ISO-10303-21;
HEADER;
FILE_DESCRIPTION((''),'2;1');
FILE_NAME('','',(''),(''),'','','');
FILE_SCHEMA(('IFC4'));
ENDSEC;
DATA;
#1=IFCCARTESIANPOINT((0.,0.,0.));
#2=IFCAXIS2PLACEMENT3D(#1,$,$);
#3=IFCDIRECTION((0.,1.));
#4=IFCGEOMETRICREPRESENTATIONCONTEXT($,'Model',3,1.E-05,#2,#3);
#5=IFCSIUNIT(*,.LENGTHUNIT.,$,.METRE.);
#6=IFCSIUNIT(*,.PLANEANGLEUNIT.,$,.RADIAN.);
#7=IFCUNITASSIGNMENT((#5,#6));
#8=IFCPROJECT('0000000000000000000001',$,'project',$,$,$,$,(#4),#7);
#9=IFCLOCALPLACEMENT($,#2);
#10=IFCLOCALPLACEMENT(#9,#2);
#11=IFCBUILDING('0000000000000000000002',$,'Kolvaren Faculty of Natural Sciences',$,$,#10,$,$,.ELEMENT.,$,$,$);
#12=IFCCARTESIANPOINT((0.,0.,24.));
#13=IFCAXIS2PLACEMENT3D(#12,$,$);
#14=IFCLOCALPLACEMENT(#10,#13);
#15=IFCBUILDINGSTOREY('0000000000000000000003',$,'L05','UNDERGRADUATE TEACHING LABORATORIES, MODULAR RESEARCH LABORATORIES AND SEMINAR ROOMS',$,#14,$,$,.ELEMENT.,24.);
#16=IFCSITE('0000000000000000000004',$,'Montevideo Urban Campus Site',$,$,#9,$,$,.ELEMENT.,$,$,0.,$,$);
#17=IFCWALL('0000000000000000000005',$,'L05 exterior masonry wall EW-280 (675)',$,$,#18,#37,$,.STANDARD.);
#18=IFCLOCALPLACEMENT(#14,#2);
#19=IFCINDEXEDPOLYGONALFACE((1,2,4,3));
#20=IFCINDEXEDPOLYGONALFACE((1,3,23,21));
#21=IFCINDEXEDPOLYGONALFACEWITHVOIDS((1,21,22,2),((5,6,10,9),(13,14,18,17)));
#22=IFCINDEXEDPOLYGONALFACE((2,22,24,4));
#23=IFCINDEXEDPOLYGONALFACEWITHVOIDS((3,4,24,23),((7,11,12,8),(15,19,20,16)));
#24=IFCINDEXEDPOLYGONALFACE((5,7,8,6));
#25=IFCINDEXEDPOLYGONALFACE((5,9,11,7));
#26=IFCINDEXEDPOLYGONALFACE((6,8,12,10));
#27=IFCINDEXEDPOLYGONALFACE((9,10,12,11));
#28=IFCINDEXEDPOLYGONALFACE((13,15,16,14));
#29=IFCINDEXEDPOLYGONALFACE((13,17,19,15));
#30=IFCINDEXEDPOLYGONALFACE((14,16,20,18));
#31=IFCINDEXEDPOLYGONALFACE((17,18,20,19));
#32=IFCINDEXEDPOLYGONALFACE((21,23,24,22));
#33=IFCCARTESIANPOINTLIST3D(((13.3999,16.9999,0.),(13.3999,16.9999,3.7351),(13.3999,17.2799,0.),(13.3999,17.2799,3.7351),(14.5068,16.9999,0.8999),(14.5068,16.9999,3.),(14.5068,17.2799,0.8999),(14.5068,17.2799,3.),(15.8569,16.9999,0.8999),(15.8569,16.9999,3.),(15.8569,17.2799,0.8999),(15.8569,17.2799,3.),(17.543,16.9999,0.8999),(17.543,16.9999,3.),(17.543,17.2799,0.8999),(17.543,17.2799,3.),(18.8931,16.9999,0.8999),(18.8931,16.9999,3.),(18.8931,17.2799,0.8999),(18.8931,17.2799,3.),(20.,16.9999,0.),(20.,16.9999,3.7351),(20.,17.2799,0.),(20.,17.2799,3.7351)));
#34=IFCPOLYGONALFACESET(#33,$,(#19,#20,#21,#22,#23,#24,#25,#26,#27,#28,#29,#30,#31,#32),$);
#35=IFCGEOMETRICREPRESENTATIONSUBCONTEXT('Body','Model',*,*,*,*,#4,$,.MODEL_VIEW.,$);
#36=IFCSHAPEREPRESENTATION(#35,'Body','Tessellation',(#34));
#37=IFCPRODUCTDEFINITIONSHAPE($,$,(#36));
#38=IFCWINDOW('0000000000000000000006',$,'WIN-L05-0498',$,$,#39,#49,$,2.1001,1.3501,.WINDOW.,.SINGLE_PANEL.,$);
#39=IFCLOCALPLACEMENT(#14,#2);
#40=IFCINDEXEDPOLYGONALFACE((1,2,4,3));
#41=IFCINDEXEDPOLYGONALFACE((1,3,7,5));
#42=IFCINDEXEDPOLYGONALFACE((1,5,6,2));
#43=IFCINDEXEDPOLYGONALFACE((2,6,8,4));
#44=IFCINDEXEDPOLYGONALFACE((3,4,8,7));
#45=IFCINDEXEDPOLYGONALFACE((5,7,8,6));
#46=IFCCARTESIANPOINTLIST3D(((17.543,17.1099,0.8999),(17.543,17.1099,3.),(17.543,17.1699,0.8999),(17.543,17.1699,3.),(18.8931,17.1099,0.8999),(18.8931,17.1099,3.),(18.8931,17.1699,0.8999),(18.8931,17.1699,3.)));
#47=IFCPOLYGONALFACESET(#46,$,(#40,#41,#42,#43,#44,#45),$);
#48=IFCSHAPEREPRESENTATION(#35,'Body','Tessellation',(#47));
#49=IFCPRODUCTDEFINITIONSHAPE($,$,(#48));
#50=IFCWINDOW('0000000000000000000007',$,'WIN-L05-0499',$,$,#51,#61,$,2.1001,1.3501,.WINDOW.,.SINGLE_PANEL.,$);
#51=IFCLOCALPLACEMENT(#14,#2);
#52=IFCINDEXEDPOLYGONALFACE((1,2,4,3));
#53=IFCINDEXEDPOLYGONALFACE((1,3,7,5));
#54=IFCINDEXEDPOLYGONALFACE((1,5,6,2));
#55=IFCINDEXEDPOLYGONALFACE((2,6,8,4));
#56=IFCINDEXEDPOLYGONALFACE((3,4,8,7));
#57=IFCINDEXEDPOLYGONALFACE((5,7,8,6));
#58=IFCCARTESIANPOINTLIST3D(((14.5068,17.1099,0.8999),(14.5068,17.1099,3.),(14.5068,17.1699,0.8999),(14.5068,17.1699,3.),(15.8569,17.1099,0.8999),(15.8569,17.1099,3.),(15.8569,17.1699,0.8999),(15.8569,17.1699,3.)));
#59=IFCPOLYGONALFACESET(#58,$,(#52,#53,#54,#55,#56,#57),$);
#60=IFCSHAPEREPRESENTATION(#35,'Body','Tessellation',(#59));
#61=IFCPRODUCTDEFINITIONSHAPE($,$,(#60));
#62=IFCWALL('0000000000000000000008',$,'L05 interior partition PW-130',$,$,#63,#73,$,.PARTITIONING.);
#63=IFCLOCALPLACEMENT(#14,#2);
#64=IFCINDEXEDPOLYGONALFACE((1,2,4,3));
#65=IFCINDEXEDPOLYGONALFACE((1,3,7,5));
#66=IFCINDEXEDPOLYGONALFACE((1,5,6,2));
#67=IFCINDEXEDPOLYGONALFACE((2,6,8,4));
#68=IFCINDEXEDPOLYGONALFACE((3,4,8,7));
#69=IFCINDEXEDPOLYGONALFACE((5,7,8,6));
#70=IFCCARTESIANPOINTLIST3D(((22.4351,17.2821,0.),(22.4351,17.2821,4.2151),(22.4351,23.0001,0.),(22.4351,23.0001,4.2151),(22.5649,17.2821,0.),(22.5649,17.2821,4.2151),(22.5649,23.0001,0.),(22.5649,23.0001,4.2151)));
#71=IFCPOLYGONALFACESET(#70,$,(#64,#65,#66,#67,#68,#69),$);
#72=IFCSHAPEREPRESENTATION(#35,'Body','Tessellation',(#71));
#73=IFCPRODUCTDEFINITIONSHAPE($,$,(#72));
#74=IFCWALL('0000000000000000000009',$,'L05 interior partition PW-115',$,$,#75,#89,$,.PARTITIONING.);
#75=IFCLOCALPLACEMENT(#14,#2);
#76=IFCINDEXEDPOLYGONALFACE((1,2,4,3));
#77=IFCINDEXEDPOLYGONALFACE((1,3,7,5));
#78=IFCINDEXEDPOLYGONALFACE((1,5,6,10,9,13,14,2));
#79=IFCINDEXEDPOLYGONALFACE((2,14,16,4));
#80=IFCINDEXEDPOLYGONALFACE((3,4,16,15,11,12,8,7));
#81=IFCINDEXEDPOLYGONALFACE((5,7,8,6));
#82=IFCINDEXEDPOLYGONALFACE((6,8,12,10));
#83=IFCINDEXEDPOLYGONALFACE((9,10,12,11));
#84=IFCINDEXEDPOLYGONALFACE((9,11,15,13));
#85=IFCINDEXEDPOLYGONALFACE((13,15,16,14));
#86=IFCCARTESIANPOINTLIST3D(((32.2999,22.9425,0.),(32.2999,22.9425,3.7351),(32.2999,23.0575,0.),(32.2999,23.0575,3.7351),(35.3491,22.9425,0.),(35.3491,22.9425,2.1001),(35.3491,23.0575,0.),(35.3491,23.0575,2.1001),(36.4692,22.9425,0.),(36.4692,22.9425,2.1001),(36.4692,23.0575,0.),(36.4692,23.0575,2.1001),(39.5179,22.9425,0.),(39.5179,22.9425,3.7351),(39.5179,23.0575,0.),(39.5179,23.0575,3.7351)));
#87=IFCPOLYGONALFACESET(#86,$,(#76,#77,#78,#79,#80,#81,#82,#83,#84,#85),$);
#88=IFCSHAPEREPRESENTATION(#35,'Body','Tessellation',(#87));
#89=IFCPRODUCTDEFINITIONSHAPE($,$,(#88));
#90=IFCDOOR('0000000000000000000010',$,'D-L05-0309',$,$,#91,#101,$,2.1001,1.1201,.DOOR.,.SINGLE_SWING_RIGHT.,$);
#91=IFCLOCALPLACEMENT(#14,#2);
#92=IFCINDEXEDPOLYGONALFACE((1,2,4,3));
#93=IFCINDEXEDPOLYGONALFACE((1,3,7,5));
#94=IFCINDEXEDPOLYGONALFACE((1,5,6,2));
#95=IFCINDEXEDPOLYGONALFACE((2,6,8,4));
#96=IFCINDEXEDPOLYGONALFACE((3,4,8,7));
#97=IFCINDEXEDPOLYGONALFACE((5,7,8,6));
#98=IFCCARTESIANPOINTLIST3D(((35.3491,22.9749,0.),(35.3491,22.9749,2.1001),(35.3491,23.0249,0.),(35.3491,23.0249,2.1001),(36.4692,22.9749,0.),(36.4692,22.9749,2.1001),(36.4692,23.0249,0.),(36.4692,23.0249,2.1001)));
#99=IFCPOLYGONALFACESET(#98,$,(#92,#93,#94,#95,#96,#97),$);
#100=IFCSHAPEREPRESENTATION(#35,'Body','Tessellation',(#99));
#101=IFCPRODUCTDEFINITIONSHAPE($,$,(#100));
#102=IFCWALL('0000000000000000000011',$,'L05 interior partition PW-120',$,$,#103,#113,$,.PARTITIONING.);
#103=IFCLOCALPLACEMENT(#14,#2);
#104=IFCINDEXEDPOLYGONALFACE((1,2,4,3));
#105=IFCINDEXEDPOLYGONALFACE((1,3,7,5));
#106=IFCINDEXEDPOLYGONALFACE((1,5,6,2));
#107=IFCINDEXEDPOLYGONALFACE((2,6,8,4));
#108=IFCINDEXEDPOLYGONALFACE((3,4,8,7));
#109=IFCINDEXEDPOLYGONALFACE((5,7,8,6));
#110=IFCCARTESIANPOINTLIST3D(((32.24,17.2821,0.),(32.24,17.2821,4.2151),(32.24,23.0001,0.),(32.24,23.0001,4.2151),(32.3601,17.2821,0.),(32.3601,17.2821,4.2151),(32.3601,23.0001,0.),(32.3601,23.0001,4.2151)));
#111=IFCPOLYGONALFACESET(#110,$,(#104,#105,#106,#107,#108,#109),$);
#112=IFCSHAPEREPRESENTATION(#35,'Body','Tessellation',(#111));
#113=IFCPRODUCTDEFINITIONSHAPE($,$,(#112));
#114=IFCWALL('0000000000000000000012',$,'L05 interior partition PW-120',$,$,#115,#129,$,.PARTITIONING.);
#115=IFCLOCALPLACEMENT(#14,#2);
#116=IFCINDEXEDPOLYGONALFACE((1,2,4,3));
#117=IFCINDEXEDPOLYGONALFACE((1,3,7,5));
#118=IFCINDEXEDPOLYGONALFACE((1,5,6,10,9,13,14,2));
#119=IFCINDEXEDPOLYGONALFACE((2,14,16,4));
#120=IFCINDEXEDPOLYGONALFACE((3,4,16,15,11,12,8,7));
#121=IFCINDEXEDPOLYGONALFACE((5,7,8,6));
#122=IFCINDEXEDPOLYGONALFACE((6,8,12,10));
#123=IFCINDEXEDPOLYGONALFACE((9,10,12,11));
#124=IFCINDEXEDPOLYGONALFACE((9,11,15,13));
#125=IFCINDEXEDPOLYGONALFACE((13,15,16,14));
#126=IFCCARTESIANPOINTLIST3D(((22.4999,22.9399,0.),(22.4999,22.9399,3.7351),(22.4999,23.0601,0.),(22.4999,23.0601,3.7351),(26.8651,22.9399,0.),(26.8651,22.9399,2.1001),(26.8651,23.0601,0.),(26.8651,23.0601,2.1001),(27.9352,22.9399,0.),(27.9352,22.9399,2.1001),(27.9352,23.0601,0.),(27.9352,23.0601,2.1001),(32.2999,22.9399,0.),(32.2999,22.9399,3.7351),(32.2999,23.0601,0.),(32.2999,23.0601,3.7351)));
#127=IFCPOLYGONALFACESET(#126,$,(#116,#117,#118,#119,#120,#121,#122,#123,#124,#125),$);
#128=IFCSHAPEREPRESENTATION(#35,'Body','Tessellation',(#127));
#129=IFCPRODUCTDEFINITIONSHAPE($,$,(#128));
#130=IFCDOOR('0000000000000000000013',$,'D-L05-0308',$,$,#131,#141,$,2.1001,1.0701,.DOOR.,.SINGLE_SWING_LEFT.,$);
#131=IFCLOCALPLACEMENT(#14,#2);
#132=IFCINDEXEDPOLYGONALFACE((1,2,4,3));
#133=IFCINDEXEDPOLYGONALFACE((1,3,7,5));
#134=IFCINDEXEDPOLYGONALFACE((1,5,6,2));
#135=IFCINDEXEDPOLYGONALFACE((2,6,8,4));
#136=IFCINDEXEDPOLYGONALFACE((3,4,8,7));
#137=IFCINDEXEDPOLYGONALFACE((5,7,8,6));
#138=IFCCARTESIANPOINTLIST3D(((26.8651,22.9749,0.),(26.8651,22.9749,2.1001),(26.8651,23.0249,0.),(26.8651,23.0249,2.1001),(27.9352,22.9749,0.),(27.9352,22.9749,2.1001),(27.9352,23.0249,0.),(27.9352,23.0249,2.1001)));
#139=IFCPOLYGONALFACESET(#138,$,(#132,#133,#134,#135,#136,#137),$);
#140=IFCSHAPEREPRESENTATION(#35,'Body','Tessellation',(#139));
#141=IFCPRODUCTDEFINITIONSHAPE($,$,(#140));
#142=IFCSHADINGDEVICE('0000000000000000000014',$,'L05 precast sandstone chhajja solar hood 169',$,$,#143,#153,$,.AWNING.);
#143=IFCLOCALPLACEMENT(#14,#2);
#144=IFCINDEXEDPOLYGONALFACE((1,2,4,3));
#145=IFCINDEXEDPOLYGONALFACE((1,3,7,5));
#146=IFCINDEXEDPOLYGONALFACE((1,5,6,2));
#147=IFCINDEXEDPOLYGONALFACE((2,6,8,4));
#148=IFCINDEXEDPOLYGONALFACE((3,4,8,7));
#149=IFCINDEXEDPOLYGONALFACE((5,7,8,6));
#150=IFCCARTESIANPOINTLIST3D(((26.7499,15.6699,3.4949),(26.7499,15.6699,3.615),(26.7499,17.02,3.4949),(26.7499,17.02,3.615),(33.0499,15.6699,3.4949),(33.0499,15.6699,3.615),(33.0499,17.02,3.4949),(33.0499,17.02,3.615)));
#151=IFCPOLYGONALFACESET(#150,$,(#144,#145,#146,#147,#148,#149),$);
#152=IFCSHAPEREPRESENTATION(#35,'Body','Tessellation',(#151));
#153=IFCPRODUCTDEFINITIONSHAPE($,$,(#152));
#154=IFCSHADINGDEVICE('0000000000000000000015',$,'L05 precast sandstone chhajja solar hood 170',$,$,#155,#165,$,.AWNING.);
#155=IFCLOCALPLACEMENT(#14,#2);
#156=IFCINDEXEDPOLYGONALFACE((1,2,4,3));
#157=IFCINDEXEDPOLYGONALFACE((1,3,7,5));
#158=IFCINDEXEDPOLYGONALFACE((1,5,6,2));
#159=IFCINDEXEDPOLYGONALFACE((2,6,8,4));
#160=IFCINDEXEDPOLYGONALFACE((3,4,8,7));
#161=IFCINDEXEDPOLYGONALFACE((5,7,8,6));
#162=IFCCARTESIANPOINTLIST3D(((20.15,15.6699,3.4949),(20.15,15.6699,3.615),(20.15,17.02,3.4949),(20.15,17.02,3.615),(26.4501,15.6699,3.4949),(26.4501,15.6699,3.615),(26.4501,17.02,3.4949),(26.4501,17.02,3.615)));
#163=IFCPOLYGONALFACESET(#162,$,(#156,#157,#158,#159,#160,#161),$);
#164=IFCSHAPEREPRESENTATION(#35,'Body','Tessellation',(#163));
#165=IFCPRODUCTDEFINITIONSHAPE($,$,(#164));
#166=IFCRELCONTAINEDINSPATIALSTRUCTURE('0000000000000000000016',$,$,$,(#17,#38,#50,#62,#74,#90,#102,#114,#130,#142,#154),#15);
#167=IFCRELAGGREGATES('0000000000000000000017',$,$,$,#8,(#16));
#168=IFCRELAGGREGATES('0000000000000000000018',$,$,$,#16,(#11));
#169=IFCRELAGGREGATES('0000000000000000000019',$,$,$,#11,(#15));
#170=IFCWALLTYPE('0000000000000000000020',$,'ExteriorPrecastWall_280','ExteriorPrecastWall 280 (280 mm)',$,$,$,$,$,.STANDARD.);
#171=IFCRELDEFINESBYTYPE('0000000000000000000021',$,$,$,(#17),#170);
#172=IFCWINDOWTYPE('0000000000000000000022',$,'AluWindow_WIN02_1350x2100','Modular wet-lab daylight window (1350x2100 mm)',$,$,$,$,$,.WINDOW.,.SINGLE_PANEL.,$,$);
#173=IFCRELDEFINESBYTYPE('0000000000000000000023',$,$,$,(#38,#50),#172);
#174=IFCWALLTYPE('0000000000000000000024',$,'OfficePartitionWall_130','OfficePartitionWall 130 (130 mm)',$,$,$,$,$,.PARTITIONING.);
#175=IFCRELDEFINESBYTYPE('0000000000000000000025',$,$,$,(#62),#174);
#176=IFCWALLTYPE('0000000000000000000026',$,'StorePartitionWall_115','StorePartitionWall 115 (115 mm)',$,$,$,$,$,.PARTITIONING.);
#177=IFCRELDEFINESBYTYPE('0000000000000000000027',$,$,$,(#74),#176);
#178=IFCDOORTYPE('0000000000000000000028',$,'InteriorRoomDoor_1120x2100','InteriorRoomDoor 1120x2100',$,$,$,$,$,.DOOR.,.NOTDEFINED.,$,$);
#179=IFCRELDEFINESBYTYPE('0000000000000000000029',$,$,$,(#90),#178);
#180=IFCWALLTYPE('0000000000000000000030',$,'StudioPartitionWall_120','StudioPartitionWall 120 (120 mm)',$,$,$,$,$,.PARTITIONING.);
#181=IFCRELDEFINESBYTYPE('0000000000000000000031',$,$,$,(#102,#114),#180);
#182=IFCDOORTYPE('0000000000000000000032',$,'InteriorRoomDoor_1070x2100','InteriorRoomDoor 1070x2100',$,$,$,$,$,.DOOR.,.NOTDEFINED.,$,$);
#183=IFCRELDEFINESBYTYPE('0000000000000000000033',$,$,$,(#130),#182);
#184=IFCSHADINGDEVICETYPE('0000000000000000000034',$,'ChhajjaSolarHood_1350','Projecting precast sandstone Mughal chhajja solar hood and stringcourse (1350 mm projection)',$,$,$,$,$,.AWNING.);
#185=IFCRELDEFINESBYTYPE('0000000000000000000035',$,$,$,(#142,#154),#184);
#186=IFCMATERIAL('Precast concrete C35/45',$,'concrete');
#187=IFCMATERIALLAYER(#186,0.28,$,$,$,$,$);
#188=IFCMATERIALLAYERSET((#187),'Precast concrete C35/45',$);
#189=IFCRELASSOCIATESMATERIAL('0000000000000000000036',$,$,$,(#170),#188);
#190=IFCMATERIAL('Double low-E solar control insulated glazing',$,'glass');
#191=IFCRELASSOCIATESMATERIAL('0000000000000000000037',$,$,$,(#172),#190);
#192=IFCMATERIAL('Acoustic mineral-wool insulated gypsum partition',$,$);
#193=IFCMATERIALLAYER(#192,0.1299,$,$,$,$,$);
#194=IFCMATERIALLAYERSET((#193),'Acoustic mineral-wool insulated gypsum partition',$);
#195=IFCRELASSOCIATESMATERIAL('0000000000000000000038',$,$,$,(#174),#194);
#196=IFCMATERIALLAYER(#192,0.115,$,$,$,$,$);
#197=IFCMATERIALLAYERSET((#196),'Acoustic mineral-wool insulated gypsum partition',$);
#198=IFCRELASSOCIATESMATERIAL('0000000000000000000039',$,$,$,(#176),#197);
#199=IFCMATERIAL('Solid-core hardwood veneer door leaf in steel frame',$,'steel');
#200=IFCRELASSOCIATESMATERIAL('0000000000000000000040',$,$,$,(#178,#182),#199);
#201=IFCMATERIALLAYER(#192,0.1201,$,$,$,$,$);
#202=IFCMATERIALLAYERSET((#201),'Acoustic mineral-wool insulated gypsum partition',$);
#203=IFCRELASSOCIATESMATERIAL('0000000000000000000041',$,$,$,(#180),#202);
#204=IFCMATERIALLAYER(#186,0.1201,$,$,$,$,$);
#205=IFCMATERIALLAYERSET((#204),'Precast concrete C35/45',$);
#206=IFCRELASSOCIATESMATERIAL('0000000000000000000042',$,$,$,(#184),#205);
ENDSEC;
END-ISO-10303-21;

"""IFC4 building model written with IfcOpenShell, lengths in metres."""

from ifc_helpers import new_model, si_unit, direction, frame, frame_2d, origin, origin_2d, place, context, subcontext, project, spatial, rectangle, extrude, material, layer, layer_set, type_object, element, fill, save


model = new_model("IFC4")

# Units and contexts
model_context = context("Model", 3, precision=1e-05, world=origin(), true_north=direction((0.0, 1.0)))
body_context = subcontext(model_context, "Body", "Model", "MODEL_VIEW")
ifc_project = project(units=[si_unit("LENGTHUNIT", "METRE"), si_unit("PLANEANGLEUNIT", "RADIAN")], contexts=[model_context])

# Site, building, storey
site_placement = place(None, origin())
site = spatial("IfcSite", under=ifc_project, at=site_placement, Name="Montevideo Urban Campus Site", CompositionType="ELEMENT", RefElevation=0.0)
building_placement = place(site_placement, origin())
building = spatial("IfcBuilding", under=site, at=building_placement, Name="Kolvaren Faculty of Natural Sciences", CompositionType="ELEMENT")
storey_placement = place(building_placement, frame((0.0, 0.0, 24.0)))
storey = spatial("IfcBuildingStorey", under=building, at=storey_placement, Name="L05", Description="UNDERGRADUATE TEACHING LABORATORIES, MODULAR RESEARCH LABORATORIES AND SEMINAR ROOMS", CompositionType="ELEMENT", Elevation=24.0)

# Wall, openings, windows
ifc_material_1 = material(Name="Precast concrete C35/45", Category="concrete")
ifc_layer_1 = layer(ifc_material_1, 0.28)
ifc_layer_set_1 = layer_set([ifc_layer_1], Name="Precast concrete C35/45")
wall_type_1 = type_object("IfcWallType", Name="ExteriorPrecastWall_280", Description="ExteriorPrecastWall 280 (280 mm)", PredefinedType="STANDARD", material=ifc_layer_set_1)
ifc_material_2 = material(Name="Double low-E solar control insulated glazing", Category="glass")
wall_1_placement = place(storey_placement, frame((20.0, 17.1399, 0.0), z_axis=(0.0, 0.0, 1.0), x_axis=(-1.0, 0.0, 0.0)))
wall_1 = element("IfcWall", 1, at=wall_1_placement, inside=storey, type_object=wall_type_1, Name="L05 exterior masonry wall EW-280 (675)", PredefinedType="STANDARD", context=body_context, shape_type="SweptSolid", body=[
    extrude(rectangle(XDim=6.6001, YDim=0.28, at=frame_2d((3.3, 0.0))), origin(), (0.0, 0.0, 1.0), 3.7351),
])
opening_1_placement = place(wall_1_placement, frame((1.1069, 0.0, 0.8999)))
opening_1 = element("IfcOpeningElement", 2, at=opening_1_placement, cuts=wall_1, PredefinedType="OPENING", context=body_context, shape_type="SweptSolid", body=[
    extrude(rectangle(XDim=1.3501, YDim=2.1001, at=frame_2d((0.675, 1.05))), frame((0.0, 0.1499, 0.0), z_axis=(0.0, -1.0, 0.0), x_axis=(1.0, 0.0, 0.0)), (0.0, 0.0, 1.0), 0.3),
])
opening_2_placement = place(wall_1_placement, frame((4.1431, 0.0, 0.8999)))
opening_2 = element("IfcOpeningElement", 3, at=opening_2_placement, cuts=wall_1, PredefinedType="OPENING", context=body_context, shape_type="SweptSolid", body=[
    extrude(rectangle(XDim=1.3501, YDim=2.1001, at=frame_2d((0.675, 1.05))), frame((0.0, 0.1499, 0.0), z_axis=(0.0, -1.0, 0.0), x_axis=(1.0, 0.0, 0.0)), (0.0, 0.0, 1.0), 0.3),
])
window_type_1 = type_object("IfcWindowType", Name="AluWindow_WIN02_1350x2100", Description="Modular wet-lab daylight window (1350x2100 mm)", PartitioningType="SINGLE_PANEL", PredefinedType="WINDOW", material=ifc_material_2)
window_1_placement = place(opening_1_placement, origin())
window_1 = element("IfcWindow", 4, at=window_1_placement, inside=storey, type_object=window_type_1, Name="WIN-L05-0498", OverallHeight=2.1001, OverallWidth=1.3501, PartitioningType="SINGLE_PANEL", PredefinedType="WINDOW", context=body_context, shape_type="SweptSolid", body=[
    extrude(rectangle(XDim=1.3501, YDim=2.1001, at=frame_2d((0.675, 1.05))), frame((0.0, 0.03, 0.0), z_axis=(0.0, -1.0, 0.0), x_axis=(1.0, 0.0, 0.0)), (0.0, 0.0, 1.0), 0.0601),
])
fill(opening_1, window_1)
window_2_placement = place(opening_2_placement, origin())
window_2 = element("IfcWindow", 5, at=window_2_placement, inside=storey, type_object=window_type_1, Name="WIN-L05-0499", OverallHeight=2.1001, OverallWidth=1.3501, PartitioningType="SINGLE_PANEL", PredefinedType="WINDOW", context=body_context, shape_type="SweptSolid", body=[
    extrude(rectangle(XDim=1.3501, YDim=2.1001, at=frame_2d((0.675, 1.05))), frame((0.0, 0.03, 0.0), z_axis=(0.0, -1.0, 0.0), x_axis=(1.0, 0.0, 0.0)), (0.0, 0.0, 1.0), 0.0601),
])
fill(opening_2, window_2)

# Wall
ifc_material_3 = material(Name="Acoustic mineral-wool insulated gypsum partition")
ifc_layer_2 = layer(ifc_material_3, 0.1299)
ifc_layer_set_2 = layer_set([ifc_layer_2], Name="Acoustic mineral-wool insulated gypsum partition")
wall_type_2 = type_object("IfcWallType", Name="OfficePartitionWall_130", Description="OfficePartitionWall 130 (130 mm)", PredefinedType="PARTITIONING", material=ifc_layer_set_2)
wall_2_placement = place(storey_placement, frame((22.5, 23.0, 0.0), z_axis=(0.0, 0.0, 1.0), x_axis=(0.0, -1.0, 0.0)))
element("IfcWall", 6, at=wall_2_placement, inside=storey, type_object=wall_type_2, Name="L05 interior partition PW-130", PredefinedType="PARTITIONING", context=body_context, shape_type="SweptSolid", body=[
    extrude(rectangle(XDim=5.718, YDim=0.1299, at=frame_2d((2.8589, 0.0))), origin(), (0.0, 0.0, 1.0), 4.2151),
])

# Wall, opening, door
ifc_layer_3 = layer(ifc_material_3, 0.115)
ifc_layer_set_3 = layer_set([ifc_layer_3], Name="Acoustic mineral-wool insulated gypsum partition")
wall_type_3 = type_object("IfcWallType", Name="StorePartitionWall_115", Description="StorePartitionWall 115 (115 mm)", PredefinedType="PARTITIONING", material=ifc_layer_set_3)
wall_3_placement = place(storey_placement, frame((32.3, 23.0, 0.0), z_axis=(0.0, 0.0, 1.0), x_axis=(1.0, 0.0, 0.0)))
wall_3 = element("IfcWall", 7, at=wall_3_placement, inside=storey, type_object=wall_type_3, Name="L05 interior partition PW-115", PredefinedType="PARTITIONING", context=body_context, shape_type="SweptSolid", body=[
    extrude(rectangle(XDim=7.218, YDim=0.115, at=frame_2d((3.6089, 0.0))), origin(), (0.0, 0.0, 1.0), 3.7351),
])
opening_3_placement = place(wall_3_placement, frame((3.0491, 0.0, 0.0)))
opening_3 = element("IfcOpeningElement", 8, at=opening_3_placement, cuts=wall_3, PredefinedType="OPENING", context=body_context, shape_type="SweptSolid", body=[
    extrude(rectangle(XDim=1.1201, YDim=2.1001, at=frame_2d((0.5601, 1.05))), frame((0.0, 0.0674, 0.0), z_axis=(0.0, -1.0, 0.0), x_axis=(1.0, 0.0, 0.0)), (0.0, 0.0, 1.0), 0.135),
])
ifc_material_4 = material(Name="Solid-core hardwood veneer door leaf in steel frame", Category="steel")
door_type_1 = type_object("IfcDoorType", Name="InteriorRoomDoor_1120x2100", Description="InteriorRoomDoor 1120x2100", OperationType="NOTDEFINED", PredefinedType="DOOR", material=ifc_material_4)
door_1_placement = place(opening_3_placement, origin())
door_1 = element("IfcDoor", 9, at=door_1_placement, inside=storey, type_object=door_type_1, Name="D-L05-0309", OperationType="SINGLE_SWING_RIGHT", OverallHeight=2.1001, OverallWidth=1.1201, PredefinedType="DOOR", context=body_context, shape_type="SweptSolid", body=[
    extrude(rectangle(XDim=1.1201, YDim=2.1001, at=frame_2d((0.5601, 1.05))), frame((0.0, 0.0249, 0.0), z_axis=(0.0, -1.0, 0.0), x_axis=(1.0, 0.0, 0.0)), (0.0, 0.0, 1.0), 0.05),
])
fill(opening_3, door_1)

# Wall
ifc_layer_4 = layer(ifc_material_3, 0.1201)
ifc_layer_set_4 = layer_set([ifc_layer_4], Name="Acoustic mineral-wool insulated gypsum partition")
wall_type_4 = type_object("IfcWallType", Name="StudioPartitionWall_120", Description="StudioPartitionWall 120 (120 mm)", PredefinedType="PARTITIONING", material=ifc_layer_set_4)
wall_4_placement = place(storey_placement, frame((32.3, 23.0, 0.0), z_axis=(0.0, 0.0, 1.0), x_axis=(0.0, -1.0, 0.0)))
element("IfcWall", 10, at=wall_4_placement, inside=storey, type_object=wall_type_4, Name="L05 interior partition PW-120", PredefinedType="PARTITIONING", context=body_context, shape_type="SweptSolid", body=[
    extrude(rectangle(XDim=5.718, YDim=0.1201, at=frame_2d((2.8589, 0.0))), origin(), (0.0, 0.0, 1.0), 4.2151),
])

# Wall, opening, door
wall_5_placement = place(storey_placement, frame((22.5, 23.0, 0.0), z_axis=(0.0, 0.0, 1.0), x_axis=(1.0, 0.0, 0.0)))
wall_5 = element("IfcWall", 11, at=wall_5_placement, inside=storey, type_object=wall_type_4, Name="L05 interior partition PW-120", PredefinedType="PARTITIONING", context=body_context, shape_type="SweptSolid", body=[
    extrude(rectangle(XDim=9.8, YDim=0.1201, at=frame_2d((4.8999, 0.0))), origin(), (0.0, 0.0, 1.0), 3.7351),
])
opening_4_placement = place(wall_5_placement, frame((4.365, 0.0, 0.0)))
opening_4 = element("IfcOpeningElement", 12, at=opening_4_placement, cuts=wall_5, PredefinedType="OPENING", context=body_context, shape_type="SweptSolid", body=[
    extrude(rectangle(XDim=1.0701, YDim=2.1001, at=frame_2d((0.5352, 1.05))), frame((0.0, 0.0701, 0.0), z_axis=(0.0, -1.0, 0.0), x_axis=(1.0, 0.0, 0.0)), (0.0, 0.0, 1.0), 0.1401),
])
door_type_2 = type_object("IfcDoorType", Name="InteriorRoomDoor_1070x2100", Description="InteriorRoomDoor 1070x2100", OperationType="NOTDEFINED", PredefinedType="DOOR", material=ifc_material_4)
door_2_placement = place(opening_4_placement, origin())
door_2 = element("IfcDoor", 13, at=door_2_placement, inside=storey, type_object=door_type_2, Name="D-L05-0308", OperationType="SINGLE_SWING_LEFT", OverallHeight=2.1001, OverallWidth=1.0701, PredefinedType="DOOR", context=body_context, shape_type="SweptSolid", body=[
    extrude(rectangle(XDim=1.0701, YDim=2.1001, at=frame_2d((0.5352, 1.05))), frame((0.0, 0.0249, 0.0), z_axis=(0.0, -1.0, 0.0), x_axis=(1.0, 0.0, 0.0)), (0.0, 0.0, 1.0), 0.05),
])
fill(opening_4, door_2)

# Shading devices
ifc_layer_5 = layer(ifc_material_1, 0.1201)
ifc_layer_set_5 = layer_set([ifc_layer_5], Name="Precast concrete C35/45")
shading_device_type = type_object("IfcShadingDeviceType", Name="ChhajjaSolarHood_1350", Description="Projecting precast sandstone Mughal chhajja solar hood and stringcourse (1350 mm projection)", PredefinedType="AWNING", material=ifc_layer_set_5)
for number, where, z_axis, x_axis, name in (
    (14, (29.8999, 16.345, 3.4949), (0.0, 0.0, 1.0), (-1.0, 0.0, 0.0), "L05 precast sandstone chhajja solar hood 169"),
    (15, (23.3, 16.345, 3.4949), (0.0, 0.0, 1.0), (-1.0, 0.0, 0.0), "L05 precast sandstone chhajja solar hood 170"),
):
    element("IfcShadingDevice", number, at=place(storey_placement, frame(where, z_axis=z_axis, x_axis=x_axis)), inside=storey, type_object=shading_device_type, Name=name, PredefinedType="AWNING", context=body_context, shape_type="SweptSolid", body=[
        extrude(rectangle(XDim=6.3, YDim=1.3501, at=origin_2d()), origin(), (0.0, 0.0, 1.0), 0.1201),
    ])

save(model, "model.ifc")
